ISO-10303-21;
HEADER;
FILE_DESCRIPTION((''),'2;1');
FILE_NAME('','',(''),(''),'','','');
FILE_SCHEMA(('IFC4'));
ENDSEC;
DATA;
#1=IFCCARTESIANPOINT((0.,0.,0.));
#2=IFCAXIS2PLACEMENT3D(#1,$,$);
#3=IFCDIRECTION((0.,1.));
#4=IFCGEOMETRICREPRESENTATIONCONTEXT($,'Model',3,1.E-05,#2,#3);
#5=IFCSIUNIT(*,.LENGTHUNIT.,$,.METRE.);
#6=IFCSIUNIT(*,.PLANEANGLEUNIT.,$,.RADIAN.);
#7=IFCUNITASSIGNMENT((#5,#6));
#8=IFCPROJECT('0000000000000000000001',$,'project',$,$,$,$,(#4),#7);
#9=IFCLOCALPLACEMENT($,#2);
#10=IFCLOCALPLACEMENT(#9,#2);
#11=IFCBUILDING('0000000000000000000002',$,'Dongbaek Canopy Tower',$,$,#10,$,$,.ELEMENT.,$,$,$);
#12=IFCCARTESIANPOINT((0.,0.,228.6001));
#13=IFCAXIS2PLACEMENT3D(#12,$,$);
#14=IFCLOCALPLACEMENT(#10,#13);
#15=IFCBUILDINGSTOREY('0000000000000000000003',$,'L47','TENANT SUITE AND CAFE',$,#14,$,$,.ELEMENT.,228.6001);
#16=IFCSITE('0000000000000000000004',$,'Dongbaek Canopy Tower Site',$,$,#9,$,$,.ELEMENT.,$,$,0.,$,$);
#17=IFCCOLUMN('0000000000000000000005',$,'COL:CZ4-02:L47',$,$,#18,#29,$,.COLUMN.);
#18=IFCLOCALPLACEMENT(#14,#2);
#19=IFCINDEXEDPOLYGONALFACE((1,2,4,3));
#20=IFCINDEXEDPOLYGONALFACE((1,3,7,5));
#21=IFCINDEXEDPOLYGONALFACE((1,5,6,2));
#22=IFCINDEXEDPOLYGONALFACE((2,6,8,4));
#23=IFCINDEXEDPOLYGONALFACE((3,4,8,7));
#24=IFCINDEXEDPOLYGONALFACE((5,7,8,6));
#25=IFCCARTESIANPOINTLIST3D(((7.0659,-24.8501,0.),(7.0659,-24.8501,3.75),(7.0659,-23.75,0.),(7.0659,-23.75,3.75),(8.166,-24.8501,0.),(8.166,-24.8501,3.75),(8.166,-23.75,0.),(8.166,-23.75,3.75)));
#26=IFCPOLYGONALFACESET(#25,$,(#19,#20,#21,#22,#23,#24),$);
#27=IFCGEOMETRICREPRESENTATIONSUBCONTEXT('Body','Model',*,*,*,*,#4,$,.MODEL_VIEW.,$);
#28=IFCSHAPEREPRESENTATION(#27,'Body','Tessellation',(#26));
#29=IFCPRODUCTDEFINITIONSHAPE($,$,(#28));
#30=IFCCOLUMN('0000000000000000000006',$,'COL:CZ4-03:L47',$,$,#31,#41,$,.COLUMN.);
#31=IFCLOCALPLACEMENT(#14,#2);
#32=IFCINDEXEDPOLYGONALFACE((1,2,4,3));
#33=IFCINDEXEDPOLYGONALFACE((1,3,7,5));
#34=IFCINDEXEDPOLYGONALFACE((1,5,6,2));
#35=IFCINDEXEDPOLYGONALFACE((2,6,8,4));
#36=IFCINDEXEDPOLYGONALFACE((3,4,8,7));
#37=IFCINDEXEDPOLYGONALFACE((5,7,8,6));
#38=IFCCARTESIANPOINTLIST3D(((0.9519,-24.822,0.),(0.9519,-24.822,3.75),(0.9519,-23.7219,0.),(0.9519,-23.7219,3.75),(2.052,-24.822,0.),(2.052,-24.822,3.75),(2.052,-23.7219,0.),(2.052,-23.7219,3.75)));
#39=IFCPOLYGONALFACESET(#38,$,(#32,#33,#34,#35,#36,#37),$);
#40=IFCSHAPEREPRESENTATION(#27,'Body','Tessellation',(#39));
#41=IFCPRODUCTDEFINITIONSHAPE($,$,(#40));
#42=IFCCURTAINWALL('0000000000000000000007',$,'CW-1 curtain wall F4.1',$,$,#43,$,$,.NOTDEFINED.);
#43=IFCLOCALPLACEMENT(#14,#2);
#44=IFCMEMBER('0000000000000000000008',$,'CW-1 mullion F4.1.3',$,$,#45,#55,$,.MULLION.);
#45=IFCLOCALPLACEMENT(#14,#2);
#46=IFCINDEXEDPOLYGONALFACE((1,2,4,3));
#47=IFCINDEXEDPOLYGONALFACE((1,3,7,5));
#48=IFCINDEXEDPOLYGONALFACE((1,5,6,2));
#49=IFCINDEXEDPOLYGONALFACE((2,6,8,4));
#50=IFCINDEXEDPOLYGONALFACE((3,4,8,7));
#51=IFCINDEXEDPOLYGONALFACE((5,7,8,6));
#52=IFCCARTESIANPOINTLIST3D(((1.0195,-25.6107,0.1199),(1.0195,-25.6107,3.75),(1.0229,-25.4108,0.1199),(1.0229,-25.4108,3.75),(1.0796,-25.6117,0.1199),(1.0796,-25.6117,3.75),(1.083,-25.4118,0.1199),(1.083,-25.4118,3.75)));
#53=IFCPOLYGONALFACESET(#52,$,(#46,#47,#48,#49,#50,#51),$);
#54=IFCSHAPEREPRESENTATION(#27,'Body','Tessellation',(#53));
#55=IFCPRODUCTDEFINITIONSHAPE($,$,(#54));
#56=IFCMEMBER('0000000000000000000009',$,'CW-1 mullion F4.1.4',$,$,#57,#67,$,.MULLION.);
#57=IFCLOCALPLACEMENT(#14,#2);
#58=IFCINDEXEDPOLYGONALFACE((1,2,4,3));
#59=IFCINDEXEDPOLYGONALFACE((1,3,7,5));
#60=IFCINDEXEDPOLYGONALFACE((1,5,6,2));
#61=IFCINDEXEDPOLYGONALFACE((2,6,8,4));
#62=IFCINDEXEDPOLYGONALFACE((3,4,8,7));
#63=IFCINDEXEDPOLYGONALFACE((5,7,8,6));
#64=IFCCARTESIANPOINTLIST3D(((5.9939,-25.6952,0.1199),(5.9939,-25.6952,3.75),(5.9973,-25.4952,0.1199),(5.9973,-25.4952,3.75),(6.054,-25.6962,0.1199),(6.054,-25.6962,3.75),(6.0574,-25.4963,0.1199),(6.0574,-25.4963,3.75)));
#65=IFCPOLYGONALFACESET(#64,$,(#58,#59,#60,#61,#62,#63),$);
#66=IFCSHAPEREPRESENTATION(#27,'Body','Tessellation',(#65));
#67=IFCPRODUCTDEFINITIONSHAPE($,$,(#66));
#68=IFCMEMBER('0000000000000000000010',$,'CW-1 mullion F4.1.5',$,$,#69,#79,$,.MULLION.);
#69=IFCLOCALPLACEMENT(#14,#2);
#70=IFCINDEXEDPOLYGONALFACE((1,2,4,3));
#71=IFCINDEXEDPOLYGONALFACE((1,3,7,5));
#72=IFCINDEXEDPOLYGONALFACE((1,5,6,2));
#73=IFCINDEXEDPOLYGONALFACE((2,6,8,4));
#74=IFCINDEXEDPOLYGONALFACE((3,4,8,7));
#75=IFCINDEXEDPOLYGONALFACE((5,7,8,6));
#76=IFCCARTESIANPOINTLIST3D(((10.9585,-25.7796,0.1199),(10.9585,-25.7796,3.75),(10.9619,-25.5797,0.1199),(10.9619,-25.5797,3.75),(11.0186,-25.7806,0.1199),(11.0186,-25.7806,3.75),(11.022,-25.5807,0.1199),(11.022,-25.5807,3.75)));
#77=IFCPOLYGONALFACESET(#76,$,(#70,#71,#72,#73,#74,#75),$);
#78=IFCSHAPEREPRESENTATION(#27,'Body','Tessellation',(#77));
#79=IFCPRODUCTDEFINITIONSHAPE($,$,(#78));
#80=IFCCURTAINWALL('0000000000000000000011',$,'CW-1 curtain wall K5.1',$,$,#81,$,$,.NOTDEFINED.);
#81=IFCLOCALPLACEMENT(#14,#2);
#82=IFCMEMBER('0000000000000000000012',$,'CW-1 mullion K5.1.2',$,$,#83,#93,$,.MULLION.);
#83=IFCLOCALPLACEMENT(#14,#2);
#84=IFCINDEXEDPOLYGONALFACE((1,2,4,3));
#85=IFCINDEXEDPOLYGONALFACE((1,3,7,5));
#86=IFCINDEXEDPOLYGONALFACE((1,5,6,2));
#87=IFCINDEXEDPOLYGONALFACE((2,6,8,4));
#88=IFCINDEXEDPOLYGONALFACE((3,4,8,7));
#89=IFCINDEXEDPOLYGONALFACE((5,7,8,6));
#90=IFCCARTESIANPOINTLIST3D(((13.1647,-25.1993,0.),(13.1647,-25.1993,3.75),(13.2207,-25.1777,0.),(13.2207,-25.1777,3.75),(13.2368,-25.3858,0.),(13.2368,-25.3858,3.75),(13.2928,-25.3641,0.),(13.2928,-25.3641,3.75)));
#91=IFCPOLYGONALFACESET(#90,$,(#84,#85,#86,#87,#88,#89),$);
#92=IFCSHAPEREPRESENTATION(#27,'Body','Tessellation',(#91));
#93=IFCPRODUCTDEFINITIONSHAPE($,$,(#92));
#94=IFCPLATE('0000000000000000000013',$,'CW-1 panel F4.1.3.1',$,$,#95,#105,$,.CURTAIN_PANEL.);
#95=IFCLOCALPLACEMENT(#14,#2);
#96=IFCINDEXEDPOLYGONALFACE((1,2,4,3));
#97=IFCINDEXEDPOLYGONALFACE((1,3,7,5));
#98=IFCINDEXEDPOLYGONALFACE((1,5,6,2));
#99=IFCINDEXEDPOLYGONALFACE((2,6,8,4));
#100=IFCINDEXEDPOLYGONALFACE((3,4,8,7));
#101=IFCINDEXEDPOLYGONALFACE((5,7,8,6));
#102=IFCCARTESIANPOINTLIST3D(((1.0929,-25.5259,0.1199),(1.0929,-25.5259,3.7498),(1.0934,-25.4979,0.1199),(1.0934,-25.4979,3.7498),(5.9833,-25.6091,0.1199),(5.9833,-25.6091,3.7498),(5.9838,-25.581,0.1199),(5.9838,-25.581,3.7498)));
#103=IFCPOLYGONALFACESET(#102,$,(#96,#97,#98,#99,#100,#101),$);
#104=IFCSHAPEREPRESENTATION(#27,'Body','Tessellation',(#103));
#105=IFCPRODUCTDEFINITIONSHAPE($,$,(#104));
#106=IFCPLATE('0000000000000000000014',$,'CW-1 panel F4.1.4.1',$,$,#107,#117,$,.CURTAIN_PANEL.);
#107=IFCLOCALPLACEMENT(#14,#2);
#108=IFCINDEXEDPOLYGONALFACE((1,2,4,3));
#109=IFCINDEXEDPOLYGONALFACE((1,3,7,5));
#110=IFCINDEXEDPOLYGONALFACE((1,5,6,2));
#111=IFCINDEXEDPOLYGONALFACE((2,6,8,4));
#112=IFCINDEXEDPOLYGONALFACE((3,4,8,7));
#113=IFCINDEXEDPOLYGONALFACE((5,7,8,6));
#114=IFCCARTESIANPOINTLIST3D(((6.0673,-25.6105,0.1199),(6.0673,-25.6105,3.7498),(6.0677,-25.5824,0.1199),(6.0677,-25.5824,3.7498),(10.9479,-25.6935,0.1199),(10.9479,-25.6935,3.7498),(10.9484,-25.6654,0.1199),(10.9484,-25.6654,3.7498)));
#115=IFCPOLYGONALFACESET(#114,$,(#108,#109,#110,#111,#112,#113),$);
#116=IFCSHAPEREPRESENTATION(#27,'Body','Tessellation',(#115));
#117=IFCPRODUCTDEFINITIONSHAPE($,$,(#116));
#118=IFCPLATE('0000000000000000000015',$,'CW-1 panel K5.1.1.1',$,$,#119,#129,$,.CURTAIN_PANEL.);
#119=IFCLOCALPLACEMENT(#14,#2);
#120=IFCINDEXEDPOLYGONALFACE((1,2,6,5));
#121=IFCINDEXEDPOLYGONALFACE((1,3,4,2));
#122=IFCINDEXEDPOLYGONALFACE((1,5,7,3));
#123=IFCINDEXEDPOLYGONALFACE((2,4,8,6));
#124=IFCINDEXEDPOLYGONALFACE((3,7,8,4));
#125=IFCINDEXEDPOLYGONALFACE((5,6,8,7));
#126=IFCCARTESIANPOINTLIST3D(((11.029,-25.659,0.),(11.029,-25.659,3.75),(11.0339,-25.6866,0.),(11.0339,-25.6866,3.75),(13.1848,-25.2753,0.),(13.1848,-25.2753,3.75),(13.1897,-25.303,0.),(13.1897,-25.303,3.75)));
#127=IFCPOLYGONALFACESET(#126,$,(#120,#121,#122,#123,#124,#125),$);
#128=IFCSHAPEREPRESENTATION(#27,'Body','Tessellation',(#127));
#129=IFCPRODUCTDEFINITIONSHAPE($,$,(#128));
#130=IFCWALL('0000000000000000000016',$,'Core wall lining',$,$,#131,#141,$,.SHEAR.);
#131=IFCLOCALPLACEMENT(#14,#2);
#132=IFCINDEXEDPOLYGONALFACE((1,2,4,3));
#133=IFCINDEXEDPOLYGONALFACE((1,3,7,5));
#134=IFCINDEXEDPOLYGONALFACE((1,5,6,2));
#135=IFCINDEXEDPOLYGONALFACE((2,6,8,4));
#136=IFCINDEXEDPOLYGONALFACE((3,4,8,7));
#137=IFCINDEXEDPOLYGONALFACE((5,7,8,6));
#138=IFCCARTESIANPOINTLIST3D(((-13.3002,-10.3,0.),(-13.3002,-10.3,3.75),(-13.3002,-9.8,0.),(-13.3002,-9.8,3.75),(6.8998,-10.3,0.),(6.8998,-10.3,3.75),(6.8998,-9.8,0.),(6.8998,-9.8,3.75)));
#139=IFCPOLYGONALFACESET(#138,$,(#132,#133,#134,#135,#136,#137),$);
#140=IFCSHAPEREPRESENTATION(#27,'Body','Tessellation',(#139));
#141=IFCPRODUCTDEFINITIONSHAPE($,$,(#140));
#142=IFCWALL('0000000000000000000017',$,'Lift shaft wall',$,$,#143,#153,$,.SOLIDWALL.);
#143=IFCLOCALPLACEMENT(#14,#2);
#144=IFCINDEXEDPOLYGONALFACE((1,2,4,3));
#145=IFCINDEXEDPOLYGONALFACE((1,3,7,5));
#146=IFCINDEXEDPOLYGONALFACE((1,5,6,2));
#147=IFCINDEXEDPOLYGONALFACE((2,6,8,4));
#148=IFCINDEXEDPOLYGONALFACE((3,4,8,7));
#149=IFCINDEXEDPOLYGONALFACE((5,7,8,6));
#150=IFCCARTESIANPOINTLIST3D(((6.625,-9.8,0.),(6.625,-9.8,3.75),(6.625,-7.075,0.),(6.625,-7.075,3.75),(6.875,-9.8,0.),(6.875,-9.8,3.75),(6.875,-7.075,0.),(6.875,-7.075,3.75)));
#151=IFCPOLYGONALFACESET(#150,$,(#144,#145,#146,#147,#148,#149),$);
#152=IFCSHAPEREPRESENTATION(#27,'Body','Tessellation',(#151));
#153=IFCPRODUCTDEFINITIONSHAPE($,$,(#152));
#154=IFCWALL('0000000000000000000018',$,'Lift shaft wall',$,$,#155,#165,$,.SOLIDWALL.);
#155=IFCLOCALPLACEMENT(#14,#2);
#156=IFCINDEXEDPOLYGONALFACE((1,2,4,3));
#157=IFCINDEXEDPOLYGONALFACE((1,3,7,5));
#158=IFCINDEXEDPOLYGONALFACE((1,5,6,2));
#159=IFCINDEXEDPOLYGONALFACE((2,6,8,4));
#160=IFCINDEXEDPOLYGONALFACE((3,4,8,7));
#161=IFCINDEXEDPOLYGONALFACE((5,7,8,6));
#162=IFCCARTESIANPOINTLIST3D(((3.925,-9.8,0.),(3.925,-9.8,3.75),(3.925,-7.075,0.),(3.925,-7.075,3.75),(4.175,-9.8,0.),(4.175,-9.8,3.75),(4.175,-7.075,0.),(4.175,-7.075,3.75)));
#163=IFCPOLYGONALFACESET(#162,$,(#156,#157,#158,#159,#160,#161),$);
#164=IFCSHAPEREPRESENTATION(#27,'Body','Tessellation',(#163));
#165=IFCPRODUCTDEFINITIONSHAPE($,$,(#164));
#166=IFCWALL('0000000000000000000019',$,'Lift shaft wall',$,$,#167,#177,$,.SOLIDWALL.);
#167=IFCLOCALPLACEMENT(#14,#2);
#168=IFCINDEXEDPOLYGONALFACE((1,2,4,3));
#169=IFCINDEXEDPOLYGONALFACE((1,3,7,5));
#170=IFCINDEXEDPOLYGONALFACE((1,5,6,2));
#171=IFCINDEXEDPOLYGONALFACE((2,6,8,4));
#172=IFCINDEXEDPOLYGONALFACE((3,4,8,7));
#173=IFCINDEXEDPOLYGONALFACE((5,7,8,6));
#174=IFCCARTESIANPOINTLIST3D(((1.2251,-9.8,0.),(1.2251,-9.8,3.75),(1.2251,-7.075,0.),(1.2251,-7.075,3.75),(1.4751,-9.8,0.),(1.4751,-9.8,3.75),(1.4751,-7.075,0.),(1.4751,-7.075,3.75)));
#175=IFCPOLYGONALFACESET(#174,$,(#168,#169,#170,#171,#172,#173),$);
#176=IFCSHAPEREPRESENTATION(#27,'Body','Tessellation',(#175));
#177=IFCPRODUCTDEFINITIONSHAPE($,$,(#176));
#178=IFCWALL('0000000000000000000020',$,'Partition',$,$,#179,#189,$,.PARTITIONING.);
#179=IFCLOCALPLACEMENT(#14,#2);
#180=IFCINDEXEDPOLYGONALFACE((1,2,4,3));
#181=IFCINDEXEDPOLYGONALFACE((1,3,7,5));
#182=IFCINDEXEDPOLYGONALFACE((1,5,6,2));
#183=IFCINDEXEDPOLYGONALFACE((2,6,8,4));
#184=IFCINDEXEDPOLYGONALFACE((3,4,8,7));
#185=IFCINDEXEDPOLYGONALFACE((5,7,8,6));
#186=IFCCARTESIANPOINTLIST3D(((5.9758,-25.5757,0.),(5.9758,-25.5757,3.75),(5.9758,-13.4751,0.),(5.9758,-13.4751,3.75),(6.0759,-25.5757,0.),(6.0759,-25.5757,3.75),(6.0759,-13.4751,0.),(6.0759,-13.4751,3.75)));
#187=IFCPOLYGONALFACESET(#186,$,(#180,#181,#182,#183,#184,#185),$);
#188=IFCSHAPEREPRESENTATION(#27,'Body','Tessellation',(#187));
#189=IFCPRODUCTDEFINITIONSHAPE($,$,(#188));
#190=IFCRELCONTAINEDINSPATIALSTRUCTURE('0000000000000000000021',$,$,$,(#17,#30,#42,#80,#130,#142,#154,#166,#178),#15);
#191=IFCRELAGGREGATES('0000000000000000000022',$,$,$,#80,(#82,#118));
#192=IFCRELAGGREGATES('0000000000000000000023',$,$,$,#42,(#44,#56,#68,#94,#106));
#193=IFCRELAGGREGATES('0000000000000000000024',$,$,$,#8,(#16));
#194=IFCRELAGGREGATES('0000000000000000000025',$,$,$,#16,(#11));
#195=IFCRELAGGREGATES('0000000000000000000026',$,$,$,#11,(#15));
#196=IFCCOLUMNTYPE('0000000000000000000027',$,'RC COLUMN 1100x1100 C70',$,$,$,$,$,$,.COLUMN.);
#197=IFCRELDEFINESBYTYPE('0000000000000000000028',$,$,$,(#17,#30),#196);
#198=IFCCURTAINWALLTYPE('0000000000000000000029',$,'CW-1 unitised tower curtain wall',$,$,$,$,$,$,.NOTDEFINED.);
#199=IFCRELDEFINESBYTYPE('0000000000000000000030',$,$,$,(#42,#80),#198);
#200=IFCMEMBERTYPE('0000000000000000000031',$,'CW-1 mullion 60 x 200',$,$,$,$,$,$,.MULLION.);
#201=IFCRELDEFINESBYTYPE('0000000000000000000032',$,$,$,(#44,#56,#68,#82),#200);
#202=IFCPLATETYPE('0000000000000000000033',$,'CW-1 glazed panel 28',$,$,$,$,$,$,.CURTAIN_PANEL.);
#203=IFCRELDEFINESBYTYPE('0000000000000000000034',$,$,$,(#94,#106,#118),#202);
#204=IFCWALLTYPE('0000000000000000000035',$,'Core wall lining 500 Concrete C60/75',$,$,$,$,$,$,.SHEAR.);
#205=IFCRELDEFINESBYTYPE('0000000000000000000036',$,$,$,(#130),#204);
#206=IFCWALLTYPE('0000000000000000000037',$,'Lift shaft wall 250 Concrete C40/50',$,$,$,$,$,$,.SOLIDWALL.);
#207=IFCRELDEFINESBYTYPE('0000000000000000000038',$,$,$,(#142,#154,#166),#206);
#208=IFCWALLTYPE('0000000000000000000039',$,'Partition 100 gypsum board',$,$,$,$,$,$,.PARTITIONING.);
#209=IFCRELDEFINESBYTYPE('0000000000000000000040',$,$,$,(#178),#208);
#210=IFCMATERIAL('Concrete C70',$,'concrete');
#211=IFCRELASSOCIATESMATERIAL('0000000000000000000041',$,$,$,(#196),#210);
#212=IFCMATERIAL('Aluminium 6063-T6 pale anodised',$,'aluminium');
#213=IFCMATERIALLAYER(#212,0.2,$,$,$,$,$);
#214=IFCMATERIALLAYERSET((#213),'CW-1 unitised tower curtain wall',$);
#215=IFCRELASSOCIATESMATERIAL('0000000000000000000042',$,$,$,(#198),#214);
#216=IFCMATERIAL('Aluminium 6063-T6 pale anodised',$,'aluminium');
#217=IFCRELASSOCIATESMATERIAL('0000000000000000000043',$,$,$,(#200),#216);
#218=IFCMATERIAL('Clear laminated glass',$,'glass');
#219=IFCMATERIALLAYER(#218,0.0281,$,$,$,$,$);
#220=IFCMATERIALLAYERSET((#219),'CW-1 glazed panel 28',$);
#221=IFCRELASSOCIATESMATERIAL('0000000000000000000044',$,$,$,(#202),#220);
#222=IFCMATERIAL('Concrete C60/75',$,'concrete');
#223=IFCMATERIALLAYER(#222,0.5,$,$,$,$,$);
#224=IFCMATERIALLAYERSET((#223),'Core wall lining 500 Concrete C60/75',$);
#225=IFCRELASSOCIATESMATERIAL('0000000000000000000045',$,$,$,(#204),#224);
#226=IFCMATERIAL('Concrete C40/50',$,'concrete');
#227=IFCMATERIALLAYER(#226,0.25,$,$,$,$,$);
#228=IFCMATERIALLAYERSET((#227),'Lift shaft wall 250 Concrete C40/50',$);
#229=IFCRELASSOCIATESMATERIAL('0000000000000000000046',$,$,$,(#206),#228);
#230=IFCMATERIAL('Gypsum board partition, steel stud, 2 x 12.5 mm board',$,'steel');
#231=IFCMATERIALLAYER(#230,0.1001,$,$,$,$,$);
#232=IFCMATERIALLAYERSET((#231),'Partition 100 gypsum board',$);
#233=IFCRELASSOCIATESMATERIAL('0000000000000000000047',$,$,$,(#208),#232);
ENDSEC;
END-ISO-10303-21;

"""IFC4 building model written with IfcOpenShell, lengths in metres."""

from ifc_helpers import new_model, si_unit, direction, frame, frame_2d, origin, origin_2d, place, context, subcontext, project, spatial, rectangle, extrude, material, layer, layer_set, material_profile, profile_set, type_object, element, aggregate, save


model = new_model("IFC4")

# Units and contexts
model_context = context("Model", 3, precision=1e-05, world=origin(), true_north=direction((0.0, 1.0)))
body_context = subcontext(model_context, "Body", "Model", "MODEL_VIEW")
ifc_project = project(units=[si_unit("LENGTHUNIT", "METRE"), si_unit("PLANEANGLEUNIT", "RADIAN")], contexts=[model_context])

# Site, building, storey
site_placement = place(None, origin())
site = spatial("IfcSite", under=ifc_project, at=site_placement, Name="Dongbaek Canopy Tower Site", CompositionType="ELEMENT", RefElevation=0.0)
building_placement = place(site_placement, origin())
building = spatial("IfcBuilding", under=site, at=building_placement, Name="Dongbaek Canopy Tower", CompositionType="ELEMENT")
storey_placement = place(building_placement, frame((0.0, 0.0, 228.6001)))
storey = spatial("IfcBuildingStorey", under=building, at=storey_placement, Name="L47", Description="TENANT SUITE AND CAFE", CompositionType="ELEMENT", Elevation=228.6001)

# Columns
ifc_material_1 = material(Name="Concrete C70", Category="concrete")
ifc_material_profile_1 = material_profile(ifc_material_1, rectangle(XDim=1.1001, YDim=1.1001, at=origin_2d()), Name="RC COLUMN 1100x1100 C70")
ifc_profile_set_1 = profile_set([ifc_material_profile_1], Name="Concrete C70")
column_type = type_object("IfcColumnType", Name="RC COLUMN 1100x1100 C70", PredefinedType="COLUMN", material=ifc_profile_set_1)
for number, where, z_axis, x_axis, name in (
    (1, (7.616, -24.3, 0.0), (0.0, 0.0, 1.0), (1.0, 0.0, 0.0), "COL:CZ4-02:L47"),
    (2, (1.502, -24.272, 0.0), (0.0, 0.0, 1.0), (1.0, 0.0, 0.0), "COL:CZ4-03:L47"),
):
    element("IfcColumn", number, at=place(storey_placement, frame(where, z_axis=z_axis, x_axis=x_axis)), inside=storey, type_object=column_type, Name=name, PredefinedType="COLUMN", context=body_context, shape_type="SweptSolid", body=[
        extrude(rectangle(XDim=1.1001, YDim=1.1001, at=origin_2d()), origin(), (0.0, 0.0, 1.0), 3.75),
    ])

# Curtain wall, members
ifc_material_2 = material(Name="Aluminium 6063-T6 pale anodised", Category="aluminium")
ifc_layer_1 = layer(ifc_material_2, 0.2)
ifc_layer_set_1 = layer_set([ifc_layer_1], Name="CW-1 unitised tower curtain wall")
curtain_wall_type = type_object("IfcCurtainWallType", Name="CW-1 unitised tower curtain wall", PredefinedType="NOTDEFINED", material=ifc_layer_set_1)
curtain_wall_1_placement = place(storey_placement, origin())
curtain_wall_1 = element("IfcCurtainWall", 3, at=curtain_wall_1_placement, inside=storey, type_object=curtain_wall_type, Name="CW-1 curtain wall F4.1", PredefinedType="NOTDEFINED")
ifc_material_3 = material(Name="Aluminium 6063-T6 pale anodised", Category="aluminium")
ifc_material_profile_2 = material_profile(ifc_material_3, rectangle(XDim=0.2, YDim=0.0601, at=origin_2d()), Name="CW-1 mullion 60 x 200")
ifc_profile_set_2 = profile_set([ifc_material_profile_2], Name="Aluminium 6063-T6 pale anodised")
member_type = type_object("IfcMemberType", Name="CW-1 mullion 60 x 200", PredefinedType="MULLION", material=ifc_profile_set_2)
member_1_placement = place(storey_placement, frame((1.0513, -25.5112, 0.1199), z_axis=(0.0, 0.0, 1.0), x_axis=(-0.016993, -0.999856, 0.0)))
member_1 = element("IfcMember", 4, at=member_1_placement, type_object=member_type, Name="CW-1 mullion F4.1.3", PredefinedType="MULLION", context=body_context, shape_type="SweptSolid", body=[
    extrude(rectangle(XDim=0.2, YDim=0.0601, at=origin_2d()), origin(), (0.0, 0.0, 1.0), 3.6301),
])
member_2_placement = place(storey_placement, frame((6.0256, -25.5957, 0.1199), z_axis=(0.0, 0.0, 1.0), x_axis=(-0.016993, -0.999856, 0.0)))
member_2 = element("IfcMember", 5, at=member_2_placement, type_object=member_type, Name="CW-1 mullion F4.1.4", PredefinedType="MULLION", context=body_context, shape_type="SweptSolid", body=[
    extrude(rectangle(XDim=0.2, YDim=0.0601, at=origin_2d()), origin(), (0.0, 0.0, 1.0), 3.6301),
])
member_3_placement = place(storey_placement, frame((10.9902, -25.6802, 0.1199), z_axis=(0.0, 0.0, 1.0), x_axis=(-0.016993, -0.999856, 0.0)))
member_3 = element("IfcMember", 6, at=member_3_placement, type_object=member_type, Name="CW-1 mullion F4.1.5", PredefinedType="MULLION", context=body_context, shape_type="SweptSolid", body=[
    extrude(rectangle(XDim=0.2, YDim=0.0601, at=origin_2d()), origin(), (0.0, 0.0, 1.0), 3.6301),
])

# Curtain wall, member
curtain_wall_2_placement = place(storey_placement, origin())
curtain_wall_2 = element("IfcCurtainWall", 7, at=curtain_wall_2_placement, inside=storey, type_object=curtain_wall_type, Name="CW-1 curtain wall K5.1", PredefinedType="NOTDEFINED")
member_4_placement = place(storey_placement, frame((13.2288, -25.2817, 0.0), z_axis=(0.0, 0.0, 1.0), x_axis=(0.360883, -0.932611, 0.0)))
member_4 = element("IfcMember", 8, at=member_4_placement, type_object=member_type, Name="CW-1 mullion K5.1.2", PredefinedType="MULLION", context=body_context, shape_type="SweptSolid", body=[
    extrude(rectangle(XDim=0.2, YDim=0.0601, at=origin_2d()), origin(), (0.0, 0.0, 1.0), 3.75),
])

# Plates
ifc_material_4 = material(Name="Clear laminated glass", Category="glass")
ifc_layer_2 = layer(ifc_material_4, 0.0281)
ifc_layer_set_2 = layer_set([ifc_layer_2], Name="CW-1 glazed panel 28")
plate_type = type_object("IfcPlateType", Name="CW-1 glazed panel 28", PredefinedType="CURTAIN_PANEL", material=ifc_layer_set_2)
plate_1_placement = place(storey_placement, frame((3.5383, -25.5535, 0.1199), z_axis=(0.0, 0.0, 1.0), x_axis=(0.999856, -0.016993, 0.0)))
plate_1 = element("IfcPlate", 9, at=plate_1_placement, type_object=plate_type, Name="CW-1 panel F4.1.3.1", PredefinedType="CURTAIN_PANEL", context=body_context, shape_type="SweptSolid", body=[
    extrude(rectangle(XDim=4.8911, YDim=0.0281, at=origin_2d()), origin(), (0.0, 0.0, 1.0), 3.6299),
])
plate_2_placement = place(storey_placement, frame((8.5078, -25.6379, 0.1199), z_axis=(0.0, 0.0, 1.0), x_axis=(0.999856, -0.016993, 0.0)))
plate_2 = element("IfcPlate", 10, at=plate_2_placement, type_object=plate_type, Name="CW-1 panel F4.1.4.1", PredefinedType="CURTAIN_PANEL", context=body_context, shape_type="SweptSolid", body=[
    extrude(rectangle(XDim=4.8813, YDim=0.0281, at=origin_2d()), origin(), (0.0, 0.0, 1.0), 3.6299),
])
plate_3_placement = place(storey_placement, frame((12.1094, -25.481, 0.0), z_axis=(0.0, 0.0, 1.0), x_axis=(0.984533, 0.175201, 0.0)))
plate_3 = element("IfcPlate", 11, at=plate_3_placement, type_object=plate_type, Name="CW-1 panel K5.1.1.1", PredefinedType="CURTAIN_PANEL", context=body_context, shape_type="SweptSolid", body=[
    extrude(rectangle(XDim=2.1897, YDim=0.0281, at=origin_2d()), origin(), (0.0, 0.0, 1.0), 3.75),
])
aggregate(curtain_wall_2, [member_4, plate_3])

# Walls
ifc_material_5 = material(Name="Concrete C60/75", Category="concrete")
ifc_layer_3 = layer(ifc_material_5, 0.5)
ifc_layer_set_3 = layer_set([ifc_layer_3], Name="Core wall lining 500 Concrete C60/75")
wall_type_1 = type_object("IfcWallType", Name="Core wall lining 500 Concrete C60/75", PredefinedType="SHEAR", material=ifc_layer_set_3)
wall_1_placement = place(storey_placement, frame((6.8999, -10.05, 0.0), z_axis=(0.0, 0.0, 1.0), x_axis=(-1.0, 0.0, 0.0)))
element("IfcWall", 12, at=wall_1_placement, inside=storey, type_object=wall_type_1, Name="Core wall lining", PredefinedType="SHEAR", context=body_context, shape_type="SweptSolid", body=[
    extrude(rectangle(XDim=20.2, YDim=0.5, at=frame_2d((10.1001, 0.0))), origin(), (0.0, 0.0, 1.0), 3.75),
])
ifc_material_6 = material(Name="Concrete C40/50", Category="concrete")
ifc_layer_4 = layer(ifc_material_6, 0.25)
ifc_layer_set_4 = layer_set([ifc_layer_4], Name="Lift shaft wall 250 Concrete C40/50")
wall_type_2 = type_object("IfcWallType", Name="Lift shaft wall 250 Concrete C40/50", PredefinedType="SOLIDWALL", material=ifc_layer_set_4)
for number, where, z_axis, x_axis, name in (
    (13, (6.75, -9.8, 0.0), (0.0, 0.0, 1.0), (0.0, 1.0, 0.0), "Lift shaft wall"),
    (14, (4.05, -9.8, 0.0), (0.0, 0.0, 1.0), (0.0, 1.0, 0.0), "Lift shaft wall"),
    (15, (1.3501, -9.8, 0.0), (0.0, 0.0, 1.0), (0.0, 1.0, 0.0), "Lift shaft wall"),
):
    element("IfcWall", number, at=place(storey_placement, frame(where, z_axis=z_axis, x_axis=x_axis)), inside=storey, type_object=wall_type_2, Name=name, PredefinedType="SOLIDWALL", context=body_context, shape_type="SweptSolid", body=[
        extrude(rectangle(XDim=2.7251, YDim=0.25, at=frame_2d((1.3625, 0.0))), origin(), (0.0, 0.0, 1.0), 3.75),
    ])
ifc_material_7 = material(Name="Gypsum board partition, steel stud, 2 x 12.5 mm board", Category="steel")
ifc_layer_5 = layer(ifc_material_7, 0.1001)
ifc_layer_set_5 = layer_set([ifc_layer_5], Name="Partition 100 gypsum board")
wall_type_3 = type_object("IfcWallType", Name="Partition 100 gypsum board", PredefinedType="PARTITIONING", material=ifc_layer_set_5)
wall_2_placement = place(storey_placement, frame((6.0259, -25.5757, 0.0), z_axis=(0.0, 0.0, 1.0), x_axis=(0.0, 1.0, 0.0)))
element("IfcWall", 16, at=wall_2_placement, inside=storey, type_object=wall_type_3, Name="Partition", PredefinedType="PARTITIONING", context=body_context, shape_type="SweptSolid", body=[
    extrude(rectangle(XDim=12.1006, YDim=0.1001, at=frame_2d((6.0503, 0.0))), origin(), (0.0, 0.0, 1.0), 3.75),
])

aggregate(curtain_wall_1, [member_1, member_2, member_3, plate_1, plate_2])

save(model, "model.ifc")
